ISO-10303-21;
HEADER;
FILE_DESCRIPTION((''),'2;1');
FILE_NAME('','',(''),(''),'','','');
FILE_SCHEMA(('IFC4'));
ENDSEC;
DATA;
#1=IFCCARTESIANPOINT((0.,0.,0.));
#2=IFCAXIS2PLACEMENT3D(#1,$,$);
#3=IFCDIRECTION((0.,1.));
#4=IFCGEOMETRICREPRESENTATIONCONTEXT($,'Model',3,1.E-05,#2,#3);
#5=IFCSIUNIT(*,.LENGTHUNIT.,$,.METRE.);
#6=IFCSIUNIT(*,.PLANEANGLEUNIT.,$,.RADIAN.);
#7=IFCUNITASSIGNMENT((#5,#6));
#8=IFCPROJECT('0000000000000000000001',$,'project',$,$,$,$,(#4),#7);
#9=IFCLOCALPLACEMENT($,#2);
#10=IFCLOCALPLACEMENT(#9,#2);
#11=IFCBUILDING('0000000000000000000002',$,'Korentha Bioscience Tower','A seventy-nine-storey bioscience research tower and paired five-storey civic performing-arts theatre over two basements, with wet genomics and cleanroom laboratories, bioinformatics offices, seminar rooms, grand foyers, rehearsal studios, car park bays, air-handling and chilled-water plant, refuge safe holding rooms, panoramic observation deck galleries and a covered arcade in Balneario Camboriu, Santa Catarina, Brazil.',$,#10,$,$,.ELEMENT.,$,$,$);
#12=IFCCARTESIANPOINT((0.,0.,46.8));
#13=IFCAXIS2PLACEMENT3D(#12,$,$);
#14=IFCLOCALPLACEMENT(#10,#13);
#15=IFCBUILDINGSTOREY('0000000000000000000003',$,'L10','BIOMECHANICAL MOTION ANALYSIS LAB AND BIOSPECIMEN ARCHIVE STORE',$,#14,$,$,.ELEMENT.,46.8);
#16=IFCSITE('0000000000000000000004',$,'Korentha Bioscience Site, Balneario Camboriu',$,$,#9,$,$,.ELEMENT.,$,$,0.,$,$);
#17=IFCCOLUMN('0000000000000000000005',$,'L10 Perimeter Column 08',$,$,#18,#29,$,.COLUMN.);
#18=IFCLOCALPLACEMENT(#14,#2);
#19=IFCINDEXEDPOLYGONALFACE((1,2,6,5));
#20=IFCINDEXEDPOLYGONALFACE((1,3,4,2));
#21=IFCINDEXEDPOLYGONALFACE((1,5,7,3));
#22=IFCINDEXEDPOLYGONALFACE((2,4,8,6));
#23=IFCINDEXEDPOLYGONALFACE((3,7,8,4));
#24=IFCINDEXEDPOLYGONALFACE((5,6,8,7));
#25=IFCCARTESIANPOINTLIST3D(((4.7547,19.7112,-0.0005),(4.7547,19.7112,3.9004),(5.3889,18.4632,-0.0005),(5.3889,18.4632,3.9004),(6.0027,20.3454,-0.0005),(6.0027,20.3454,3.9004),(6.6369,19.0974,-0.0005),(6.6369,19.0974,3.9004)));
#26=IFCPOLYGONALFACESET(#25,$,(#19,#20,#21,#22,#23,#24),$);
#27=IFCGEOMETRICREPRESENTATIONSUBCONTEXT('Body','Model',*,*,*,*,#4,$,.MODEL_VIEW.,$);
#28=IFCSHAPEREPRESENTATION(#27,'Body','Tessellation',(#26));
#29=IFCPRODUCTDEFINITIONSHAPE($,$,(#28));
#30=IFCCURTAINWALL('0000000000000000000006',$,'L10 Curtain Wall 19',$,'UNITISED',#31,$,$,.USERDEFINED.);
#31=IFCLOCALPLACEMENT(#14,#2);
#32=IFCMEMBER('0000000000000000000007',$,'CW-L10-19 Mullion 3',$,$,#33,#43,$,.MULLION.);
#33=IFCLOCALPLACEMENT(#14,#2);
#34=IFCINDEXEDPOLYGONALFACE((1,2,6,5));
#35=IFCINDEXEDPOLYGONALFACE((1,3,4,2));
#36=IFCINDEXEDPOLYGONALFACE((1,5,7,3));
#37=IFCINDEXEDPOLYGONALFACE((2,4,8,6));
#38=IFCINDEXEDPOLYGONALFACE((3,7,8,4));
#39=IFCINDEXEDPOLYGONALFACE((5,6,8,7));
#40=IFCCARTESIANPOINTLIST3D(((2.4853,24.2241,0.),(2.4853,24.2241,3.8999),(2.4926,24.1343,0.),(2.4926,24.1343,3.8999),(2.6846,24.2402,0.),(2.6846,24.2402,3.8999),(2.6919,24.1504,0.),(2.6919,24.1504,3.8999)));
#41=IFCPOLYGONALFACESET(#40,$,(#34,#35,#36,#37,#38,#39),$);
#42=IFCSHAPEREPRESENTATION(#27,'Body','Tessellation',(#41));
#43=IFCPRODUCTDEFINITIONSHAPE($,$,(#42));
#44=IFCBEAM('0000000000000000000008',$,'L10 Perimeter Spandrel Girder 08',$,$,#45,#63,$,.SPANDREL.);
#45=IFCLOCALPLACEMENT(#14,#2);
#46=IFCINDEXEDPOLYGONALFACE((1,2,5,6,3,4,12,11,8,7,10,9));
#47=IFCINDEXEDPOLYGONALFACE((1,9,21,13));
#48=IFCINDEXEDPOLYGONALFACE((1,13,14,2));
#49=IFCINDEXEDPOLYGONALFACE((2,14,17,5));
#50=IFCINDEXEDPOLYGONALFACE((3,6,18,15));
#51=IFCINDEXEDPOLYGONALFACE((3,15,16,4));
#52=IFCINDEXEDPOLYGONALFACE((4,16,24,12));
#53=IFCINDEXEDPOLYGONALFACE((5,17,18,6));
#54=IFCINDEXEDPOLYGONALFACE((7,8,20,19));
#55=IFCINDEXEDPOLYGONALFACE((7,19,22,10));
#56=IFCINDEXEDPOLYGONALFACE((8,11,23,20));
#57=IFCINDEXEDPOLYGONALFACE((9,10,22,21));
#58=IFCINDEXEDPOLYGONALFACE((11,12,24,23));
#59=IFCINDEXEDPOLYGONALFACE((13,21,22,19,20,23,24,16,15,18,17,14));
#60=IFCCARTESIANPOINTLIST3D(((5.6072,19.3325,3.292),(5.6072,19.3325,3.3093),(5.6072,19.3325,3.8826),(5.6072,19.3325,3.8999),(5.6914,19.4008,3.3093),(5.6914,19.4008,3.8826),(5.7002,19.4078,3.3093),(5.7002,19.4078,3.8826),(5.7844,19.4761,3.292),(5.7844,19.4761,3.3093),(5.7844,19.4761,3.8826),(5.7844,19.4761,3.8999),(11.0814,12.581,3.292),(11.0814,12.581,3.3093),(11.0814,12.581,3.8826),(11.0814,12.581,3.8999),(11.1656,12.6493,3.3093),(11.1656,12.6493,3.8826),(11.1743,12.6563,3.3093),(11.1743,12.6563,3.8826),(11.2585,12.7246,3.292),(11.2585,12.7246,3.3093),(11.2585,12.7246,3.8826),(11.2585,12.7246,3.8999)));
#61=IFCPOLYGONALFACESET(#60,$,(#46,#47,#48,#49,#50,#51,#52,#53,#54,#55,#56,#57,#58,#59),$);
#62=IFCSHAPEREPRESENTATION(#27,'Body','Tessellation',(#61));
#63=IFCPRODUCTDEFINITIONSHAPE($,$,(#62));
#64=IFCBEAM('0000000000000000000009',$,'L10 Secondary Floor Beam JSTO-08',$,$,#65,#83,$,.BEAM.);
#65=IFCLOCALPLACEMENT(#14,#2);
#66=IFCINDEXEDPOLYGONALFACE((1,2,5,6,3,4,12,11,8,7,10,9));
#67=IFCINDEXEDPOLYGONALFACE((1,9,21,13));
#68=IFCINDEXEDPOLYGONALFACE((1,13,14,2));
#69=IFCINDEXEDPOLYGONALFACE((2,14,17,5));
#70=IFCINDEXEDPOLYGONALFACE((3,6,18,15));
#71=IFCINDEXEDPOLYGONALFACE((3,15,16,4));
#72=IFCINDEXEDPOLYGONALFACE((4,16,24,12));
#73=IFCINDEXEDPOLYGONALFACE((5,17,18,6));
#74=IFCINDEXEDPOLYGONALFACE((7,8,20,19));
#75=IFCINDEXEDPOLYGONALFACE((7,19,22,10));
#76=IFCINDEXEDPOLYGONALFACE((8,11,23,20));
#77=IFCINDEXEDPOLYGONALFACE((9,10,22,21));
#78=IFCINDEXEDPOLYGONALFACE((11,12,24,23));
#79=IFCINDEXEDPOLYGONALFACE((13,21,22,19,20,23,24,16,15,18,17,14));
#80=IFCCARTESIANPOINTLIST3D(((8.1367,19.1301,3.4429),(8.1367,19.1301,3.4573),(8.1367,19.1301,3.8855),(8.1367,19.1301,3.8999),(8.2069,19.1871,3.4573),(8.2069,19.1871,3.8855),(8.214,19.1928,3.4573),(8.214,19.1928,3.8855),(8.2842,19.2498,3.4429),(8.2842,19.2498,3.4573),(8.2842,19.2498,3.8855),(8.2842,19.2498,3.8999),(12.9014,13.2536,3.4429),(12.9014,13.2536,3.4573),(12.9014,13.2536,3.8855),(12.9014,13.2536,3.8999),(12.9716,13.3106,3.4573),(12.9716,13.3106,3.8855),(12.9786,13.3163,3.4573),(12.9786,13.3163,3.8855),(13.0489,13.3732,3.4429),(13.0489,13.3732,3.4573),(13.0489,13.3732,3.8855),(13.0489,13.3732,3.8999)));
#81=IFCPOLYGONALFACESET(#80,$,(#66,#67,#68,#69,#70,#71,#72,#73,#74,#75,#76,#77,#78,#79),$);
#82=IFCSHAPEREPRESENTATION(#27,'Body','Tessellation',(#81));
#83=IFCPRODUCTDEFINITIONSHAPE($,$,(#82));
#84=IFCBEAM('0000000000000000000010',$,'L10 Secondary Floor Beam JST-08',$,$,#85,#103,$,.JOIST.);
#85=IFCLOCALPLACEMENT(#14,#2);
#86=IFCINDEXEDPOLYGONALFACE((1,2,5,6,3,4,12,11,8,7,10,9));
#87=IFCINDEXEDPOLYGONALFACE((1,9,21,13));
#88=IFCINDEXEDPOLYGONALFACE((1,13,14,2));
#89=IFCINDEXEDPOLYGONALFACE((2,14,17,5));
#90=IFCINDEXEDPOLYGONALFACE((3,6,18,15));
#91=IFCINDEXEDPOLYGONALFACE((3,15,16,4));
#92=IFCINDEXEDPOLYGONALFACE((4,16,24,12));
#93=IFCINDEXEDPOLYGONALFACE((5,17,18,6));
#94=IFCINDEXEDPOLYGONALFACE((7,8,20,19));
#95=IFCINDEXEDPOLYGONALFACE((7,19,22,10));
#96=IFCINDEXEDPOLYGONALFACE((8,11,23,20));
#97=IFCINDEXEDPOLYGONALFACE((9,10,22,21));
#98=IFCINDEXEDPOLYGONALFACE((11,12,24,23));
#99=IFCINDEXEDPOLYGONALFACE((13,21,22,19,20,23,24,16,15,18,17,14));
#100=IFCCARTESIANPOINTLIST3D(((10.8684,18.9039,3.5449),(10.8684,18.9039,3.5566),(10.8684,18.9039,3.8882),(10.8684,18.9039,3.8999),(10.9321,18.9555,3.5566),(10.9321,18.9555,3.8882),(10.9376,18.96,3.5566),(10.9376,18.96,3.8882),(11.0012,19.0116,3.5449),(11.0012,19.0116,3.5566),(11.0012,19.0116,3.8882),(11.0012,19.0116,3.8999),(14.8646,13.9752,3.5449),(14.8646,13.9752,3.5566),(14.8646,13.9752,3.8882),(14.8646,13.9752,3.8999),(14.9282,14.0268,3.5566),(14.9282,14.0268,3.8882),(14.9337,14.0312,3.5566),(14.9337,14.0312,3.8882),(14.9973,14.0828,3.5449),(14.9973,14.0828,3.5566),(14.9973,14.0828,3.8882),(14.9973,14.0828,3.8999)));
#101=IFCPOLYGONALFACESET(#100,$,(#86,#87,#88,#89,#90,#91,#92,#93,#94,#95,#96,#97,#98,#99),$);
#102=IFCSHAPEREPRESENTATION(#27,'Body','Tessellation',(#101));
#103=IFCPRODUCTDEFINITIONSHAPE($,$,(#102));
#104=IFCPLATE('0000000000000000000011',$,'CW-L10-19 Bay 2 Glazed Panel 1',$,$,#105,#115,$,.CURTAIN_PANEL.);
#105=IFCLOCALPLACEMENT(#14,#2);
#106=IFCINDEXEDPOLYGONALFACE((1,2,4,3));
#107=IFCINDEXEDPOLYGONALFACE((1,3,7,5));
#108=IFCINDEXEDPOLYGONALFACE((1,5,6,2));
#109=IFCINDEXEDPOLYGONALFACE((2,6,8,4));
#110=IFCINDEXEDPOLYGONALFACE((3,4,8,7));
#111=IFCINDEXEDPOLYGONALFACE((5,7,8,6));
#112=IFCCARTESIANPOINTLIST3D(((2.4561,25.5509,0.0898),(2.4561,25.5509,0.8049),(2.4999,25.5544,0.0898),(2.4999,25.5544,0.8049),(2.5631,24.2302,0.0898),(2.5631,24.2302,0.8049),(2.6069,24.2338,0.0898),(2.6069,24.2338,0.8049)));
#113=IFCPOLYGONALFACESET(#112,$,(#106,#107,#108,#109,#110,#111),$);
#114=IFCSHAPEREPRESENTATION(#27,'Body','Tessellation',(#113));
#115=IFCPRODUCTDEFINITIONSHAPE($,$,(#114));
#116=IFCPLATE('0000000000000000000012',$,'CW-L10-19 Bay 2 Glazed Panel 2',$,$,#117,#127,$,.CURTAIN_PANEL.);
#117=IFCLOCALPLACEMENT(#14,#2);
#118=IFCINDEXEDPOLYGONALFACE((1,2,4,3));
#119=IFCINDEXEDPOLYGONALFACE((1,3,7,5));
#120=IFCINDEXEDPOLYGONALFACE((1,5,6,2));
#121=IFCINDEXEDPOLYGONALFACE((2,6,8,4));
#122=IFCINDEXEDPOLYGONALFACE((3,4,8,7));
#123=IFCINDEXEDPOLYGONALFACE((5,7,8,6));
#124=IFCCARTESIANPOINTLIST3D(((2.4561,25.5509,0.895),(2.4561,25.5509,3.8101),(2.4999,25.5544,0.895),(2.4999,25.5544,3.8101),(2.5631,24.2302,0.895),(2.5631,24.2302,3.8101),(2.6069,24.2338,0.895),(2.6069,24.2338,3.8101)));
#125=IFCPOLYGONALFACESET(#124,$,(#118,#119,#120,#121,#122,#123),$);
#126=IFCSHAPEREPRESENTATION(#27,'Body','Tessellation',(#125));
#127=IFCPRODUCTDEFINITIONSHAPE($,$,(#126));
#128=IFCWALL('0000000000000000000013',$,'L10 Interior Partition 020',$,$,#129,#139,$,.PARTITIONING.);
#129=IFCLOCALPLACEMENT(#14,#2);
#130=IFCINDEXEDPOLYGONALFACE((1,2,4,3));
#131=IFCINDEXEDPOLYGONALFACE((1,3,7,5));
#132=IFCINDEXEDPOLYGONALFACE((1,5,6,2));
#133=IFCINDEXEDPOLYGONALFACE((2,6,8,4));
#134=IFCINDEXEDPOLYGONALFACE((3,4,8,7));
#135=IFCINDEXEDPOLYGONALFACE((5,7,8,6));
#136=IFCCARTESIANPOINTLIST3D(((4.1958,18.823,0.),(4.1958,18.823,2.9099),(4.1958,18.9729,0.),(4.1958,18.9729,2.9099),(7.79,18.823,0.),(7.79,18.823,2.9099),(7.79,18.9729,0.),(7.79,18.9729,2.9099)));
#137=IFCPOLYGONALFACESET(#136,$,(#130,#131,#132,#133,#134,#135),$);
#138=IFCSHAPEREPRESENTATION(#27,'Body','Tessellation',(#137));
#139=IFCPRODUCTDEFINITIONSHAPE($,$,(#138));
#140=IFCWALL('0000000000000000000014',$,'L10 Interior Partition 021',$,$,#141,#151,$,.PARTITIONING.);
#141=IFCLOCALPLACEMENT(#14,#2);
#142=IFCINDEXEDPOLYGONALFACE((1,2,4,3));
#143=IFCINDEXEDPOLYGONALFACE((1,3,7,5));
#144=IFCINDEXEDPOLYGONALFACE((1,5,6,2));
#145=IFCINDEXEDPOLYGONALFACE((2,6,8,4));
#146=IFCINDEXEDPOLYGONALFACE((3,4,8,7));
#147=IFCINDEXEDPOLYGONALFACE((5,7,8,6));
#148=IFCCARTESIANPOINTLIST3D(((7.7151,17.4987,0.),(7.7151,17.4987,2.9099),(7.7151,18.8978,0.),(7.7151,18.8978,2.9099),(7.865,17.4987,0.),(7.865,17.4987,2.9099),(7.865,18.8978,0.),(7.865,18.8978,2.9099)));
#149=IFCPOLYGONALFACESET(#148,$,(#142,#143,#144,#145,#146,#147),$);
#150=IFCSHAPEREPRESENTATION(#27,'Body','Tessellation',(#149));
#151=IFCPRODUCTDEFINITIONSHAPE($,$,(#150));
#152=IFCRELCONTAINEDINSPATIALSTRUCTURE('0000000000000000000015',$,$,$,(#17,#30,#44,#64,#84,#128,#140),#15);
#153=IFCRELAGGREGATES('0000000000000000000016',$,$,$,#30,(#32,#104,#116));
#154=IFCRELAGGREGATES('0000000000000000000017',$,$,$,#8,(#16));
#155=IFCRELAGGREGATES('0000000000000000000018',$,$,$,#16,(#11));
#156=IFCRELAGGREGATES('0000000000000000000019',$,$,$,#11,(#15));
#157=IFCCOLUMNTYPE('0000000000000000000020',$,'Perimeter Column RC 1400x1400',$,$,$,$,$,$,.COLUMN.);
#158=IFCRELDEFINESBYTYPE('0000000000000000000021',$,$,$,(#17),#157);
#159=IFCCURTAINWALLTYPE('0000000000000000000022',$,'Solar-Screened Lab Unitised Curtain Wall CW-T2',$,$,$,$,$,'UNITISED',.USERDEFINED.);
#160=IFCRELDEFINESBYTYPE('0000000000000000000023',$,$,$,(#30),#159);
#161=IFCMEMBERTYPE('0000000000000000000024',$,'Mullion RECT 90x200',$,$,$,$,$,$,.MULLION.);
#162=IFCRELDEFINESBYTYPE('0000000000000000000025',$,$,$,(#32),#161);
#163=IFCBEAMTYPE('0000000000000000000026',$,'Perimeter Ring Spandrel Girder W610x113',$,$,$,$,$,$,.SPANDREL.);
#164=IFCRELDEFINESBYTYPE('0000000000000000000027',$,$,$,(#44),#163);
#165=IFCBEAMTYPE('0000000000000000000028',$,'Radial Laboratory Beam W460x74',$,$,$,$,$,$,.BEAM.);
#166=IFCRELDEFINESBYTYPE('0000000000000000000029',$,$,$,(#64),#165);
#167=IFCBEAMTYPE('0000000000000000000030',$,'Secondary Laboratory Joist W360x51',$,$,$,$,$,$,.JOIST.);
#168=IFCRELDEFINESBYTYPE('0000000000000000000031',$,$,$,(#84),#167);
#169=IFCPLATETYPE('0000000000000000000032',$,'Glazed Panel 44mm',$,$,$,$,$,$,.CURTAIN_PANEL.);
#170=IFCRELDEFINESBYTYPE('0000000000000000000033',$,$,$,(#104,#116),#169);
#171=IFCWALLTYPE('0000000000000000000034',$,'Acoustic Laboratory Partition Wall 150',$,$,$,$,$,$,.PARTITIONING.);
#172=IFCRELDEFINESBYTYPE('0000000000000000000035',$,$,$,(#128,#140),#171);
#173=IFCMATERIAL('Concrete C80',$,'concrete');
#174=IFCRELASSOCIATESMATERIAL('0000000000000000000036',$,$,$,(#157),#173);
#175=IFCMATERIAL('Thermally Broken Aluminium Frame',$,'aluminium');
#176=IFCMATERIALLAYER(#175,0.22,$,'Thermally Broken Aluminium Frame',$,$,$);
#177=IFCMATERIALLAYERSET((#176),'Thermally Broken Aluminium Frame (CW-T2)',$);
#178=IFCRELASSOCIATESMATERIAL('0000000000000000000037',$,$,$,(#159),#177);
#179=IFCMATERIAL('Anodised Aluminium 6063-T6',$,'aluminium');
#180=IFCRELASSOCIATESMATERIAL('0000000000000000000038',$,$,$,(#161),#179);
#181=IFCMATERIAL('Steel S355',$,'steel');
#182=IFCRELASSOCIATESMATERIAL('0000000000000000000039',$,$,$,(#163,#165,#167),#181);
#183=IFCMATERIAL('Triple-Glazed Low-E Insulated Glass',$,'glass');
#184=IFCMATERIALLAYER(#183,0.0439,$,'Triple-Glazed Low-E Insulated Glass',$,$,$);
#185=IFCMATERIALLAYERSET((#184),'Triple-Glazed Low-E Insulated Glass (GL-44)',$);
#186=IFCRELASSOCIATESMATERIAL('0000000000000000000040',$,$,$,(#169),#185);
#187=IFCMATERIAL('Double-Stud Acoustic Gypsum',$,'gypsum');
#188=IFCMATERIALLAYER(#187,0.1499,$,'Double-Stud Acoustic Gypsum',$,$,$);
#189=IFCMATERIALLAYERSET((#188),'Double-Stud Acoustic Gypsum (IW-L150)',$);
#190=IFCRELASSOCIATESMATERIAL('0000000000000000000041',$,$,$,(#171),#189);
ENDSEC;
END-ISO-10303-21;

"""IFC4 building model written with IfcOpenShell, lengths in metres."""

from ifc_helpers import new_model, si_unit, direction, frame, frame_2d, origin, origin_2d, place, context, subcontext, project, spatial, rectangle, i_section, extrude, material, layer, layer_set, material_profile, profile_set, type_object, element, aggregate, save


model = new_model("IFC4")

# Units and contexts
model_context = context("Model", 3, precision=1e-05, world=origin(), true_north=direction((0.0, 1.0)))
body_context = subcontext(model_context, "Body", "Model", "MODEL_VIEW")
ifc_project = project(units=[si_unit("LENGTHUNIT", "METRE"), si_unit("PLANEANGLEUNIT", "RADIAN")], contexts=[model_context])

# Site, building, storey
site_placement = place(None, origin())
site = spatial("IfcSite", under=ifc_project, at=site_placement, Name="Korentha Bioscience Site, Balneario Camboriu", CompositionType="ELEMENT", RefElevation=0.0)
building_placement = place(site_placement, origin())
building = spatial("IfcBuilding", under=site, at=building_placement, Name="Korentha Bioscience Tower", Description="A seventy-nine-storey bioscience research tower and paired five-storey civic performing-arts theatre over two basements, with wet genomics and cleanroom laboratories, bioinformatics offices, seminar rooms, grand foyers, rehearsal studios, car park bays, air-handling and chilled-water plant, refuge safe holding rooms, panoramic observation deck galleries and a covered arcade in Balneario Camboriu, Santa Catarina, Brazil.", CompositionType="ELEMENT")
storey_placement = place(building_placement, frame((0.0, 0.0, 46.8)))
storey = spatial("IfcBuildingStorey", under=building, at=storey_placement, Name="L10", Description="BIOMECHANICAL MOTION ANALYSIS LAB AND BIOSPECIMEN ARCHIVE STORE", CompositionType="ELEMENT", Elevation=46.8)

# Column
ifc_material_1 = material(Name="Concrete C80", Category="concrete")
ifc_material_profile_1 = material_profile(ifc_material_1, rectangle(XDim=1.3999, YDim=1.3999, at=origin_2d()), Name="Concrete C80")
ifc_profile_set_1 = profile_set([ifc_material_profile_1], Name="Concrete C80 (COL-P14)")
column_type = type_object("IfcColumnType", Name="Perimeter Column RC 1400x1400", PredefinedType="COLUMN", material=ifc_profile_set_1)
column_placement = place(storey_placement, frame((5.6958, 19.4043, -0.0005), z_axis=(0.0, 0.0, 1.0), x_axis=(-0.453057, 0.891481, 0.0)))
element("IfcColumn", 1, at=column_placement, inside=storey, type_object=column_type, Name="L10 Perimeter Column 08", PredefinedType="COLUMN", context=body_context, shape_type="SweptSolid", body=[
    extrude(rectangle(XDim=1.3999, YDim=1.3999, at=origin_2d()), origin(), (0.0, 0.0, 1.0), 3.9009),
])

# Curtain wall, member
ifc_material_2 = material(Name="Thermally Broken Aluminium Frame", Category="aluminium")
ifc_layer_1 = layer(ifc_material_2, 0.22, Name="Thermally Broken Aluminium Frame")
ifc_layer_set_1 = layer_set([ifc_layer_1], Name="Thermally Broken Aluminium Frame (CW-T2)")
curtain_wall_type = type_object("IfcCurtainWallType", Name="Solar-Screened Lab Unitised Curtain Wall CW-T2", ElementType="UNITISED", PredefinedType="USERDEFINED", material=ifc_layer_set_1)
curtain_wall_placement = place(storey_placement, origin())
curtain_wall = element("IfcCurtainWall", 2, at=curtain_wall_placement, inside=storey, type_object=curtain_wall_type, Name="L10 Curtain Wall 19", ObjectType="UNITISED", PredefinedType="USERDEFINED")
ifc_material_3 = material(Name="Anodised Aluminium 6063-T6", Category="aluminium")
ifc_material_profile_2 = material_profile(ifc_material_3, rectangle(XDim=0.0901, YDim=0.2, at=origin_2d()), Name="Anodised Aluminium 6063-T6")
ifc_profile_set_2 = profile_set([ifc_material_profile_2], Name="Anodised Aluminium 6063-T6 (CW-MUL)")
member_type = type_object("IfcMemberType", Name="Mullion RECT 90x200", PredefinedType="MULLION", material=ifc_profile_set_2)
member_placement = place(storey_placement, frame((2.5886, 24.1873, 0.0), z_axis=(0.0, 0.0, 1.0), x_axis=(0.08082, -0.996729, 0.0)))
member = element("IfcMember", 3, at=member_placement, type_object=member_type, Name="CW-L10-19 Mullion 3", PredefinedType="MULLION", context=body_context, shape_type="SweptSolid", body=[
    extrude(rectangle(XDim=0.0901, YDim=0.2, at=origin_2d()), origin(), (0.0, 0.0, 1.0), 3.8999),
])

# Beams
ifc_material_4 = material(Name="Steel S355", Category="steel")
ifc_material_profile_3 = material_profile(ifc_material_4, i_section(OverallWidth=0.228, OverallDepth=0.6079, WebThickness=0.0112, FlangeThickness=0.0173, at=origin_2d()), Name="Steel S355")
ifc_profile_set_3 = profile_set([ifc_material_profile_3], Name="Steel S355 (SB-610)")
beam_type_1 = type_object("IfcBeamType", Name="Perimeter Ring Spandrel Girder W610x113", PredefinedType="SPANDREL", material=ifc_profile_set_3)
beam_1_placement = place(storey_placement, frame((5.6958, 19.4043, 3.5959), z_axis=(0.629799, -0.776758, 0.0), x_axis=(0.776758, 0.629799, 0.0)))
element("IfcBeam", 4, at=beam_1_placement, inside=storey, type_object=beam_type_1, Name="L10 Perimeter Spandrel Girder 08", PredefinedType="SPANDREL", context=body_context, shape_type="SweptSolid", body=[
    extrude(i_section(OverallWidth=0.228, OverallDepth=0.6079, WebThickness=0.0112, FlangeThickness=0.0173, at=origin_2d()), origin(), (0.0, 0.0, 1.0), 8.6919),
])
ifc_material_profile_4 = material_profile(ifc_material_4, i_section(OverallWidth=0.1899, OverallDepth=0.457, WebThickness=0.009, FlangeThickness=0.0144, at=origin_2d()), Name="Steel S355")
ifc_profile_set_4 = profile_set([ifc_material_profile_4], Name="Steel S355 (RB-460)")
beam_type_2 = type_object("IfcBeamType", Name="Radial Laboratory Beam W460x74", PredefinedType="BEAM", material=ifc_profile_set_4)
beam_2_placement = place(storey_placement, frame((8.2104, 19.1899, 3.6714), z_axis=(0.629798, -0.776759, 0.0), x_axis=(0.776759, 0.629798, 0.0)))
element("IfcBeam", 5, at=beam_2_placement, inside=storey, type_object=beam_type_2, Name="L10 Secondary Floor Beam JSTO-08", PredefinedType="BEAM", context=body_context, shape_type="SweptSolid", body=[
    extrude(i_section(OverallWidth=0.1899, OverallDepth=0.457, WebThickness=0.009, FlangeThickness=0.0144, at=origin_2d()), origin(), (0.0, 0.0, 1.0), 7.5654),
])
ifc_material_profile_5 = material_profile(ifc_material_4, i_section(OverallWidth=0.1709, OverallDepth=0.355, WebThickness=0.0071, FlangeThickness=0.0117, at=origin_2d()), Name="Steel S355")
ifc_profile_set_5 = profile_set([ifc_material_profile_5], Name="Steel S355 (JB-360)")
beam_type_3 = type_object("IfcBeamType", Name="Secondary Laboratory Joist W360x51", PredefinedType="JOIST", material=ifc_profile_set_5)
beam_3_placement = place(storey_placement, frame((10.9348, 18.9578, 3.7224), z_axis=(0.629787, -0.776768, 0.0), x_axis=(0.776768, 0.629787, 0.0)))
element("IfcBeam", 6, at=beam_3_placement, inside=storey, type_object=beam_type_3, Name="L10 Secondary Floor Beam JST-08", PredefinedType="JOIST", context=body_context, shape_type="SweptSolid", body=[
    extrude(i_section(OverallWidth=0.1709, OverallDepth=0.355, WebThickness=0.0071, FlangeThickness=0.0117, at=origin_2d()), origin(), (0.0, 0.0, 1.0), 6.3452),
])

# Plates
ifc_material_5 = material(Name="Triple-Glazed Low-E Insulated Glass", Category="glass")
ifc_layer_2 = layer(ifc_material_5, 0.0439, Name="Triple-Glazed Low-E Insulated Glass")
ifc_layer_set_2 = layer_set([ifc_layer_2], Name="Triple-Glazed Low-E Insulated Glass (GL-44)")
plate_type = type_object("IfcPlateType", Name="Glazed Panel 44mm", PredefinedType="CURTAIN_PANEL", material=ifc_layer_set_2)
plate_1_placement = place(storey_placement, frame((2.5315, 24.8923, 0.0898), z_axis=(0.0, 0.0, 1.0), x_axis=(0.08082, -0.996729, 0.0)))
plate_1 = element("IfcPlate", 7, at=plate_1_placement, type_object=plate_type, Name="CW-L10-19 Bay 2 Glazed Panel 1", PredefinedType="CURTAIN_PANEL", context=body_context, shape_type="SweptSolid", body=[
    extrude(rectangle(XDim=1.325, YDim=0.0439, at=origin_2d()), origin(), (0.0, 0.0, 1.0), 0.7151),
])
plate_2_placement = place(storey_placement, frame((2.5315, 24.8923, 0.895), z_axis=(0.0, 0.0, 1.0), x_axis=(0.08082, -0.996729, 0.0)))
plate_2 = element("IfcPlate", 8, at=plate_2_placement, type_object=plate_type, Name="CW-L10-19 Bay 2 Glazed Panel 2", PredefinedType="CURTAIN_PANEL", context=body_context, shape_type="SweptSolid", body=[
    extrude(rectangle(XDim=1.325, YDim=0.0439, at=origin_2d()), origin(), (0.0, 0.0, 1.0), 2.915),
])
aggregate(curtain_wall, [member, plate_1, plate_2])

# Walls
ifc_material_6 = material(Name="Double-Stud Acoustic Gypsum", Category="gypsum")
ifc_layer_3 = layer(ifc_material_6, 0.1499, Name="Double-Stud Acoustic Gypsum")
ifc_layer_set_3 = layer_set([ifc_layer_3], Name="Double-Stud Acoustic Gypsum (IW-L150)")
wall_type_1 = type_object("IfcWallType", Name="Acoustic Laboratory Partition Wall 150", PredefinedType="PARTITIONING", material=ifc_layer_set_3)
wall_1_placement = place(storey_placement, frame((4.1958, 18.8979, 0.0), z_axis=(0.0, 0.0, 1.0), x_axis=(1.0, 0.0, 0.0)))
element("IfcWall", 9, at=wall_1_placement, inside=storey, type_object=wall_type_1, Name="L10 Interior Partition 020", PredefinedType="PARTITIONING", context=body_context, shape_type="SweptSolid", body=[
    extrude(rectangle(XDim=3.5942, YDim=0.1499, at=frame_2d((1.7971, 0.0))), origin(), (0.0, 0.0, 1.0), 2.9099),
])
wall_2_placement = place(storey_placement, frame((7.79, 18.8979, 0.0), z_axis=(0.0, 0.0, 1.0), x_axis=(0.0, -1.0, 0.0)))
element("IfcWall", 10, at=wall_2_placement, inside=storey, type_object=wall_type_1, Name="L10 Interior Partition 021", PredefinedType="PARTITIONING", context=body_context, shape_type="SweptSolid", body=[
    extrude(rectangle(XDim=1.3992, YDim=0.1499, at=frame_2d((0.6997, 0.0))), origin(), (0.0, 0.0, 1.0), 2.9099),
])

save(model, "model.ifc")
